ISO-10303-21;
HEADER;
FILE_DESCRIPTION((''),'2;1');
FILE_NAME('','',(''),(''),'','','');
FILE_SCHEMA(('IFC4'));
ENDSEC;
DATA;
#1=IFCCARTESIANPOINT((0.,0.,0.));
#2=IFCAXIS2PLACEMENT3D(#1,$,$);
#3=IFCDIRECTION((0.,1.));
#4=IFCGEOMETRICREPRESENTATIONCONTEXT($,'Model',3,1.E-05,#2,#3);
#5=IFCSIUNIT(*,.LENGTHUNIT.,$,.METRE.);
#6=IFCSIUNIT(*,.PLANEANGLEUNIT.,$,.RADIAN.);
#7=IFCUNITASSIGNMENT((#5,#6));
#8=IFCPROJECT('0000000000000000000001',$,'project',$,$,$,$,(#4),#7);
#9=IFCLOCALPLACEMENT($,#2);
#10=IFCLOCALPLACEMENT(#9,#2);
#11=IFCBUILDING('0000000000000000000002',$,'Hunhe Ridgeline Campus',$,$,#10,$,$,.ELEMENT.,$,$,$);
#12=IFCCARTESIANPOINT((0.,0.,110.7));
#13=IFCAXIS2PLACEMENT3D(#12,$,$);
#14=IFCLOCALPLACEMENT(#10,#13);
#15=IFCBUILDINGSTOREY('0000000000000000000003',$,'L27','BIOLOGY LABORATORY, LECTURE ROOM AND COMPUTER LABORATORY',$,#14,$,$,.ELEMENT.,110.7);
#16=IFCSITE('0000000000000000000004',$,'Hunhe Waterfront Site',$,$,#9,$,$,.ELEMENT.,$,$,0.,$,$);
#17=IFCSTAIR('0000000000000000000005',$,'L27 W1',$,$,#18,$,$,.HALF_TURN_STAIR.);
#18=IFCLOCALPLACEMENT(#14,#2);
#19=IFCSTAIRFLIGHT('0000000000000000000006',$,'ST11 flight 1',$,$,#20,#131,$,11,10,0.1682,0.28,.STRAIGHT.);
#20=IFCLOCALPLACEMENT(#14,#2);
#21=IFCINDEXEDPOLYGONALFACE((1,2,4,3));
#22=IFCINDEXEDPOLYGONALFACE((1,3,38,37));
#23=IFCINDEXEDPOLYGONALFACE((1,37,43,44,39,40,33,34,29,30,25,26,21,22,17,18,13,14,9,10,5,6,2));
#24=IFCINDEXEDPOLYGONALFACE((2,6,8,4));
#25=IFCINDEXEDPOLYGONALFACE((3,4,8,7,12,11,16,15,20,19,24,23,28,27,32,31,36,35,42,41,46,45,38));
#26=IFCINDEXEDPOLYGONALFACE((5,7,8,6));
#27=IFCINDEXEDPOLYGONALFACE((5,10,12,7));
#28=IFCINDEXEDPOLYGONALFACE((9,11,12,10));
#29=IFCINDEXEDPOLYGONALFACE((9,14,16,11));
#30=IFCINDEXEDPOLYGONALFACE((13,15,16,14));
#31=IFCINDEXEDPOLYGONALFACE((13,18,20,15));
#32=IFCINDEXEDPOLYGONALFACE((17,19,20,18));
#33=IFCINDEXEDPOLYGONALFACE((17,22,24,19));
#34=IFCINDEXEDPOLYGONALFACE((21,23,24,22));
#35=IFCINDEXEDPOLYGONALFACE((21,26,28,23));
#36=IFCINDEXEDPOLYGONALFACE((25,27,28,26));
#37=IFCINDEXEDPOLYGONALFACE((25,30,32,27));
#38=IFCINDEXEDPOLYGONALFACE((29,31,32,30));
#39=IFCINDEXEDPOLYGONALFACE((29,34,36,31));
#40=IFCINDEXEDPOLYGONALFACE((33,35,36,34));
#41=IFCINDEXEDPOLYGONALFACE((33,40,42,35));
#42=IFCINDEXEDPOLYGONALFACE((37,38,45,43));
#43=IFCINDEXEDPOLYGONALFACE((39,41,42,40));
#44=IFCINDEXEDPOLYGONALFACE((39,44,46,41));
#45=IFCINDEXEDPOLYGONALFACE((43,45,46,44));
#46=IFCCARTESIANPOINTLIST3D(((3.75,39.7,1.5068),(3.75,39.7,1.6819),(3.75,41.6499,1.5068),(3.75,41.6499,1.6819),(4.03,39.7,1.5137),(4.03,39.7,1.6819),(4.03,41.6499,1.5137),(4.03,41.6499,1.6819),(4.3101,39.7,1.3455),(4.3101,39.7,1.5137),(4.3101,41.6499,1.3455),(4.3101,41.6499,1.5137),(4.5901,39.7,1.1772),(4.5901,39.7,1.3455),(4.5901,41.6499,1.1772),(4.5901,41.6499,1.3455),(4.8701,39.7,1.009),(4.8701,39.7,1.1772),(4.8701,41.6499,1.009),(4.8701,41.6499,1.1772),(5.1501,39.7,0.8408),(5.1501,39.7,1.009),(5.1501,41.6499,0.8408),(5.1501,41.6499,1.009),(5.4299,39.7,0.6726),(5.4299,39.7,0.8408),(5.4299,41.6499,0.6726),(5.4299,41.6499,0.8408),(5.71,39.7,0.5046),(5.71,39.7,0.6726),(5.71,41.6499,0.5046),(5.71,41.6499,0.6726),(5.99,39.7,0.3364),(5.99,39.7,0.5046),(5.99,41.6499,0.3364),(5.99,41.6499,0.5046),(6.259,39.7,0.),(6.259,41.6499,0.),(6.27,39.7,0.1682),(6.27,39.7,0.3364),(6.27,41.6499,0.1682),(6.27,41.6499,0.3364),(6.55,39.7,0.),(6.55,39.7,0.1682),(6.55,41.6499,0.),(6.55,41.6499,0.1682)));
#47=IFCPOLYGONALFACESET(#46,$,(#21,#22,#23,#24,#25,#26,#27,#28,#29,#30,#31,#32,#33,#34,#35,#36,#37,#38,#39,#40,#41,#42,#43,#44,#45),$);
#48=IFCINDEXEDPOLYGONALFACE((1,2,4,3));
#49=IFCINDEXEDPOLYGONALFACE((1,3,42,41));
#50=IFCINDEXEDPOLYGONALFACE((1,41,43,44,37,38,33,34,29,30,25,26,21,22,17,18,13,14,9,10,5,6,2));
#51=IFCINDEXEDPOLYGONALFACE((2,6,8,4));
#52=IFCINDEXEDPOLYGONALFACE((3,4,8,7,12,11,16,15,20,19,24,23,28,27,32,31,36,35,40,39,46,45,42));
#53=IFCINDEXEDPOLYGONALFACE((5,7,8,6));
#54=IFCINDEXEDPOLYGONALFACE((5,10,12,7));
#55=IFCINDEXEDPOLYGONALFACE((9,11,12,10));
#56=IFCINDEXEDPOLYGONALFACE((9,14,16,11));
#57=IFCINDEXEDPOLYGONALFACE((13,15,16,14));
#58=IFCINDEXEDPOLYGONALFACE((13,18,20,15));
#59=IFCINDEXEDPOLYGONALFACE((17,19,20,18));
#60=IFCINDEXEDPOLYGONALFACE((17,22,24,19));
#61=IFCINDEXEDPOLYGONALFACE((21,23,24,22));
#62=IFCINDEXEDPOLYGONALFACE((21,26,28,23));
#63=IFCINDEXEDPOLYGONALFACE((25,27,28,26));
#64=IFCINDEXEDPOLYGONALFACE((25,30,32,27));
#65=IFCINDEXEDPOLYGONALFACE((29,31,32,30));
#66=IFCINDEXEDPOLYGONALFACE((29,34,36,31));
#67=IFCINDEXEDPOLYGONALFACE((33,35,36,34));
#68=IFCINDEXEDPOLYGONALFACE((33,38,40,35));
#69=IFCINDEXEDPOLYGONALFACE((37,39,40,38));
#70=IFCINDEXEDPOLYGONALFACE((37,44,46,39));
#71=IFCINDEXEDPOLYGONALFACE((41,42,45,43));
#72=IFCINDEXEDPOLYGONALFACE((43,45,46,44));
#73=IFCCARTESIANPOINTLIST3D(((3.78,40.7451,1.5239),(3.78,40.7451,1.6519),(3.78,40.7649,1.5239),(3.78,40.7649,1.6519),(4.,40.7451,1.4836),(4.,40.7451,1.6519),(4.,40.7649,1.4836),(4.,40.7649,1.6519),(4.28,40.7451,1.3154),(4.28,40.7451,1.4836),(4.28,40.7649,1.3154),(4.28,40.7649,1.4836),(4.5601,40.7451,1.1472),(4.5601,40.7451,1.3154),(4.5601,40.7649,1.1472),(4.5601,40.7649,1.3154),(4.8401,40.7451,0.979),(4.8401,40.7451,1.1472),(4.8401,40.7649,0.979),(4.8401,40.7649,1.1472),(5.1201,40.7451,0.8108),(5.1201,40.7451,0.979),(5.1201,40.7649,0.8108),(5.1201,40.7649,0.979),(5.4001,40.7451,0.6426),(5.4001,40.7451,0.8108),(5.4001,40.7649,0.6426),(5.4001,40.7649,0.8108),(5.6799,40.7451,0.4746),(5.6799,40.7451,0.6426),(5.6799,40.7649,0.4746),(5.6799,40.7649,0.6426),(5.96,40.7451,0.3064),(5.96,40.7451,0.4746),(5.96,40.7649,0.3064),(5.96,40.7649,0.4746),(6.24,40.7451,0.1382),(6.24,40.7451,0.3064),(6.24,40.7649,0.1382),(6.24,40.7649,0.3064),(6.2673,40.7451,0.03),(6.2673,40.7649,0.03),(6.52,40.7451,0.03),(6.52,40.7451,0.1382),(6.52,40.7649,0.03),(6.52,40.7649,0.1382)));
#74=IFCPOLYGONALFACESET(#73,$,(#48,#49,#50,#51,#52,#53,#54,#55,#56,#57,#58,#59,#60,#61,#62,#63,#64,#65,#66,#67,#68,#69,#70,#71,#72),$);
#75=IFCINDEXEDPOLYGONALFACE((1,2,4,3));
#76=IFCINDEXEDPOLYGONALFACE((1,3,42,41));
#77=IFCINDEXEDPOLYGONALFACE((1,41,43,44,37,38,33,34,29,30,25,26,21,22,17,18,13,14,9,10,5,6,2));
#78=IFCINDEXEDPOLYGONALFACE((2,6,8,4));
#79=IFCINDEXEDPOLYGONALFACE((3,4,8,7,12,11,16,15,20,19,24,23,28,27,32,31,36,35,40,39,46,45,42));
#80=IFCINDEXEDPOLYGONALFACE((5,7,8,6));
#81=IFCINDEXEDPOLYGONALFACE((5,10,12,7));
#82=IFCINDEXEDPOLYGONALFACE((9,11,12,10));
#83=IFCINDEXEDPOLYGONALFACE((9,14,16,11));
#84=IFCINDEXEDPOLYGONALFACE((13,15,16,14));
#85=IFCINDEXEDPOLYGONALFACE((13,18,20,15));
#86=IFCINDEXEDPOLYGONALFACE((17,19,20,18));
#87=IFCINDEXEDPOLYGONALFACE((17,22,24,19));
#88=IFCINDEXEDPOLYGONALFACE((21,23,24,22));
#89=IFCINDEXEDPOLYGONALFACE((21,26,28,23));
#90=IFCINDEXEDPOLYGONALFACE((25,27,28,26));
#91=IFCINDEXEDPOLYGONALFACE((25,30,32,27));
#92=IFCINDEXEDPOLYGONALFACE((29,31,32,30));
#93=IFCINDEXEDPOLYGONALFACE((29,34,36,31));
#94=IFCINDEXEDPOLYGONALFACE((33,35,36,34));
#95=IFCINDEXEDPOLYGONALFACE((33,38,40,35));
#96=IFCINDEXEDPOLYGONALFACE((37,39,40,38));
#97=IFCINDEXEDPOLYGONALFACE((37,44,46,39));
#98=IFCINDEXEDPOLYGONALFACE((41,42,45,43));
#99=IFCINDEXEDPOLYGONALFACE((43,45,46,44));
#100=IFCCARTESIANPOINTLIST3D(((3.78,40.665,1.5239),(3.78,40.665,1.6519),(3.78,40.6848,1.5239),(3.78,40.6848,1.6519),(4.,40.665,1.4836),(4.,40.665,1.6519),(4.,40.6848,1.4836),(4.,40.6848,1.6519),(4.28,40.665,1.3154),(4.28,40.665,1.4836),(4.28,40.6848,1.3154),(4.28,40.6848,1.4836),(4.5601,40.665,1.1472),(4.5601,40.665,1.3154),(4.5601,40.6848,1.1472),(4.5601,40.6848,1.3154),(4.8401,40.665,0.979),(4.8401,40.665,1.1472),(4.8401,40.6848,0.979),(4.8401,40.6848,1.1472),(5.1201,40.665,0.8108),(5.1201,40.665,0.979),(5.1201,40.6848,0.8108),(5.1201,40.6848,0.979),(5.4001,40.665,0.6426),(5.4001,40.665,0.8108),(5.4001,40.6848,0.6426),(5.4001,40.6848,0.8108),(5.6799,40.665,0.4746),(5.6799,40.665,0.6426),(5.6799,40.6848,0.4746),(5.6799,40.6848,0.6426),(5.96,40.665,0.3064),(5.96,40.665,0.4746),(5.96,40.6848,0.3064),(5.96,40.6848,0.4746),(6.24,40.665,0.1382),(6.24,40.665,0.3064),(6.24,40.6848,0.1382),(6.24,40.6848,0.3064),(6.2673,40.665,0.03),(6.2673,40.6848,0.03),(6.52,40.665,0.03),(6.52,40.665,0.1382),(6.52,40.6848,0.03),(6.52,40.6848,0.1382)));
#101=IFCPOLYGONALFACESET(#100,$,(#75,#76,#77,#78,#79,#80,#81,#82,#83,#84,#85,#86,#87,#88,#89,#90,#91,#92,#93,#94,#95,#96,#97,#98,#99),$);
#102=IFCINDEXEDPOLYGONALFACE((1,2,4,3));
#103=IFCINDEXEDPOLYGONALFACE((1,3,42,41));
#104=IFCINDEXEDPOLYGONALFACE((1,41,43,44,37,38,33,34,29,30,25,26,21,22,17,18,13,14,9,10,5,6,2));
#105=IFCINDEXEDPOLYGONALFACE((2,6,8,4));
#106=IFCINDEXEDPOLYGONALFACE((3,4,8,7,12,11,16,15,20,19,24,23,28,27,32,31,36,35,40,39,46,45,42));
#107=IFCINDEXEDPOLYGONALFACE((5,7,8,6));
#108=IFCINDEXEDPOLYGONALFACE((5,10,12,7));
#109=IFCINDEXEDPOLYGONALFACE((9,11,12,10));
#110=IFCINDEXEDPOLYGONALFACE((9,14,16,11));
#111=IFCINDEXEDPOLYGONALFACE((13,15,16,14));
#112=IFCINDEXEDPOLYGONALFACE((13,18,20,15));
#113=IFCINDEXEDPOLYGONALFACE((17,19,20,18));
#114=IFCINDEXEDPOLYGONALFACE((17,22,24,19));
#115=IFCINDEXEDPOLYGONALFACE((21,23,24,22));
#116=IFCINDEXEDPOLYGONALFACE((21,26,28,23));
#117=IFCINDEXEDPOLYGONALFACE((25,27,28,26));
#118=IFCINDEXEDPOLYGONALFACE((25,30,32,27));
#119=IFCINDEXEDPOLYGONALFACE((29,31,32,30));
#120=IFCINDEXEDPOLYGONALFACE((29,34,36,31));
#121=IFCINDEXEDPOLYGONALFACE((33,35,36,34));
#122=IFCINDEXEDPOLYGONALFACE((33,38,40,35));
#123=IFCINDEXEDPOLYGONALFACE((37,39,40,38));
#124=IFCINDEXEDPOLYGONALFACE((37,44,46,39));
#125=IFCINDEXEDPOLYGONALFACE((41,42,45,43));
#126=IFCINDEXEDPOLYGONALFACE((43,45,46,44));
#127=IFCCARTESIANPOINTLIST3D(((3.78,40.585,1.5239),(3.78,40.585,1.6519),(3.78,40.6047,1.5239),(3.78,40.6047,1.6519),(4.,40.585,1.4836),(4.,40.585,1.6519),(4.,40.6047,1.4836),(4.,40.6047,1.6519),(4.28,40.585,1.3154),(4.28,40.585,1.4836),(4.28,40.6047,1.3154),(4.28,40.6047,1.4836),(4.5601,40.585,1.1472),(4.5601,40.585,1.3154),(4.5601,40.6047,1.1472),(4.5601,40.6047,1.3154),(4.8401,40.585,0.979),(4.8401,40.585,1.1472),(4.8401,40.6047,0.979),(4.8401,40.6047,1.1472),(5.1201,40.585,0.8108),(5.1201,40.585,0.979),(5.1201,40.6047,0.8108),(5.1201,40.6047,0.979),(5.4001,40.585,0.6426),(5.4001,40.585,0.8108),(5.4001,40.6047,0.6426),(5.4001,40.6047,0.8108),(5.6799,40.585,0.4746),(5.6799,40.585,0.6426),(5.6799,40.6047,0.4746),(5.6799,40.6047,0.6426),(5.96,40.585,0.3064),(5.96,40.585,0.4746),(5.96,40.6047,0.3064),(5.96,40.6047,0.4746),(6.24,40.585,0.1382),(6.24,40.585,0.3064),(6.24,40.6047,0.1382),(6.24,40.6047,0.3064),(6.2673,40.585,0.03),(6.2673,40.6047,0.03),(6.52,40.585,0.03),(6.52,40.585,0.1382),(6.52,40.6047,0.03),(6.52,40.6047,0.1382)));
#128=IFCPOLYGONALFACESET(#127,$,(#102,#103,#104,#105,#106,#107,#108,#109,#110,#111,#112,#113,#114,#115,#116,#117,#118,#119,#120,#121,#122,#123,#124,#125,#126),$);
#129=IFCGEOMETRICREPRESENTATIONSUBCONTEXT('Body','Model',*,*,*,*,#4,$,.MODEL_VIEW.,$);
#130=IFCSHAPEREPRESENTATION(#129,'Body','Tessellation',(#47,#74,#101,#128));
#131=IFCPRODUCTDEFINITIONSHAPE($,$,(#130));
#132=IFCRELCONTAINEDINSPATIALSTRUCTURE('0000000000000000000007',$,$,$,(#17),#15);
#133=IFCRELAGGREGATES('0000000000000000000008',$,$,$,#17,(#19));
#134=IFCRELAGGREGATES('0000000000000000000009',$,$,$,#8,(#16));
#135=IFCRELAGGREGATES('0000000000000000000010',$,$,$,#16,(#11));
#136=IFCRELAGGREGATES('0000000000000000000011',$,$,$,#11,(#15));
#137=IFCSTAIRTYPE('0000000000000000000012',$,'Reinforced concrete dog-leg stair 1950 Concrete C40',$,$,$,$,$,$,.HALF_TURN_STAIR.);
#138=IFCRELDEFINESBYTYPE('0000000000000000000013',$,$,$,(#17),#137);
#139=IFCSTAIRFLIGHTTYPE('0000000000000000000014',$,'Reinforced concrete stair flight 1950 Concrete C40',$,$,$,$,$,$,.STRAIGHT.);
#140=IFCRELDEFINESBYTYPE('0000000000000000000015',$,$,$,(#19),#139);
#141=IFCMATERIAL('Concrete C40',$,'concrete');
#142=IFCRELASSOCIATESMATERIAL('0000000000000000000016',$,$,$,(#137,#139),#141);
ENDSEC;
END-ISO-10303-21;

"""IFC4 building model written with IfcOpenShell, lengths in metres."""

from ifc_helpers import new_model, si_unit, direction, frame, origin, place, context, subcontext, project, spatial, polyline, outline, extrude, material, type_object, element, aggregate, save


model = new_model("IFC4")

# Units and contexts
model_context = context("Model", 3, precision=1e-05, world=origin(), true_north=direction((0.0, 1.0)))
body_context = subcontext(model_context, "Body", "Model", "MODEL_VIEW")
ifc_project = project(units=[si_unit("LENGTHUNIT", "METRE"), si_unit("PLANEANGLEUNIT", "RADIAN")], contexts=[model_context])

# Site, building, storey
site_placement = place(None, origin())
site = spatial("IfcSite", under=ifc_project, at=site_placement, Name="Hunhe Waterfront Site", CompositionType="ELEMENT", RefElevation=0.0)
building_placement = place(site_placement, origin())
building = spatial("IfcBuilding", under=site, at=building_placement, Name="Hunhe Ridgeline Campus", CompositionType="ELEMENT")
storey_placement = place(building_placement, frame((0.0, 0.0, 110.7)))
storey = spatial("IfcBuildingStorey", under=building, at=storey_placement, Name="L27", Description="BIOLOGY LABORATORY, LECTURE ROOM AND COMPUTER LABORATORY", CompositionType="ELEMENT", Elevation=110.7)

# Shared definitions
ifc_material_1 = material(Name="Concrete C40", Category="concrete")
stair_type = type_object("IfcStairType", Name="Reinforced concrete dog-leg stair 1950 Concrete C40", PredefinedType="HALF_TURN_STAIR", material=ifc_material_1)
stair_flight_type = type_object("IfcStairFlightType", Name="Reinforced concrete stair flight 1950 Concrete C40", PredefinedType="STRAIGHT", material=ifc_material_1)

# Stair, stair flight
stair_1_placement = place(storey_placement, origin())
stair_1 = element("IfcStair", 1, at=stair_1_placement, inside=storey, type_object=stair_type, Name="L27 W1", PredefinedType="HALF_TURN_STAIR")
stair_flight_1_placement = place(storey_placement, frame((6.55, 40.675, 0.0), z_axis=(0.0, 0.0, 1.0), x_axis=(-1.0, 0.0, 0.0)))
stair_flight_1 = element("IfcStairFlight", 2, at=stair_flight_1_placement, type_object=stair_flight_type, Name="ST11 flight 1", NumberOfRisers=11, NumberOfTreads=10, PredefinedType="STRAIGHT", RiserHeight=0.1682, TreadLength=0.28, context=body_context, shape_type="SweptSolid", body=[
    extrude(outline(polyline([(0.0, 0.0), (0.0, 0.1682), (0.28, 0.1682), (0.28, 0.3364), (0.5601, 0.3364), (0.5601, 0.5046), (0.8401, 0.5046), (0.8401, 0.6726), (1.1201, 0.6726), (1.1201, 0.8408), (1.3999, 0.8408), (1.3999, 1.009), (1.6799, 1.009), (1.6799, 1.1772), (1.96, 1.1772), (1.96, 1.3455), (2.24, 1.3455), (2.24, 1.5137), (2.52, 1.5137), (2.52, 1.6819), (2.8, 1.6819), (2.8, 1.8501), (2.8, 1.5068), (0.291, 0.0), (0.0, 0.0)])), frame((0.0, 0.9751, 0.0), z_axis=(0.0, -1.0, 0.0), x_axis=(1.0, 0.0, 0.0)), (0.0, 0.0, 1.0), 1.95),
    extrude(outline(polyline([(0.03, 0.03), (0.03, 0.1382), (0.3101, 0.1382), (0.3101, 0.3064), (0.5901, 0.3064), (0.5901, 0.4746), (0.8701, 0.4746), (0.8701, 0.6426), (1.1499, 0.6426), (1.1499, 0.8108), (1.4299, 0.8108), (1.4299, 0.979), (1.71, 0.979), (1.71, 1.1472), (1.99, 1.1472), (1.99, 1.3154), (2.27, 1.3154), (2.27, 1.4836), (2.55, 1.4836), (2.55, 1.6519), (2.77, 1.6519), (2.77, 1.5239), (0.2827, 0.03), (0.03, 0.03)])), frame((0.0, -0.0701, 0.0), z_axis=(0.0, -1.0, 0.0), x_axis=(1.0, 0.0, 0.0)), (0.0, 0.0, 1.0), 0.0198),
    extrude(outline(polyline([(0.03, 0.03), (0.03, 0.1382), (0.3101, 0.1382), (0.3101, 0.3064), (0.5901, 0.3064), (0.5901, 0.4746), (0.8701, 0.4746), (0.8701, 0.6426), (1.1499, 0.6426), (1.1499, 0.8108), (1.4299, 0.8108), (1.4299, 0.979), (1.71, 0.979), (1.71, 1.1472), (1.99, 1.1472), (1.99, 1.3154), (2.27, 1.3154), (2.27, 1.4836), (2.55, 1.4836), (2.55, 1.6519), (2.77, 1.6519), (2.77, 1.5239), (0.2827, 0.03), (0.03, 0.03)])), frame((0.0, 0.01, 0.0), z_axis=(0.0, -1.0, 0.0), x_axis=(1.0, 0.0, 0.0)), (0.0, 0.0, 1.0), 0.0198),
    extrude(outline(polyline([(0.03, 0.03), (0.03, 0.1382), (0.3101, 0.1382), (0.3101, 0.3064), (0.5901, 0.3064), (0.5901, 0.4746), (0.8701, 0.4746), (0.8701, 0.6426), (1.1499, 0.6426), (1.1499, 0.8108), (1.4299, 0.8108), (1.4299, 0.979), (1.71, 0.979), (1.71, 1.1472), (1.99, 1.1472), (1.99, 1.3154), (2.27, 1.3154), (2.27, 1.4836), (2.55, 1.4836), (2.55, 1.6519), (2.77, 1.6519), (2.77, 1.5239), (0.2827, 0.03), (0.03, 0.03)])), frame((0.0, 0.0901, 0.0), z_axis=(0.0, -1.0, 0.0), x_axis=(1.0, 0.0, 0.0)), (0.0, 0.0, 1.0), 0.0198),
])
aggregate(stair_1, [stair_flight_1])

save(model, "model.ifc")
